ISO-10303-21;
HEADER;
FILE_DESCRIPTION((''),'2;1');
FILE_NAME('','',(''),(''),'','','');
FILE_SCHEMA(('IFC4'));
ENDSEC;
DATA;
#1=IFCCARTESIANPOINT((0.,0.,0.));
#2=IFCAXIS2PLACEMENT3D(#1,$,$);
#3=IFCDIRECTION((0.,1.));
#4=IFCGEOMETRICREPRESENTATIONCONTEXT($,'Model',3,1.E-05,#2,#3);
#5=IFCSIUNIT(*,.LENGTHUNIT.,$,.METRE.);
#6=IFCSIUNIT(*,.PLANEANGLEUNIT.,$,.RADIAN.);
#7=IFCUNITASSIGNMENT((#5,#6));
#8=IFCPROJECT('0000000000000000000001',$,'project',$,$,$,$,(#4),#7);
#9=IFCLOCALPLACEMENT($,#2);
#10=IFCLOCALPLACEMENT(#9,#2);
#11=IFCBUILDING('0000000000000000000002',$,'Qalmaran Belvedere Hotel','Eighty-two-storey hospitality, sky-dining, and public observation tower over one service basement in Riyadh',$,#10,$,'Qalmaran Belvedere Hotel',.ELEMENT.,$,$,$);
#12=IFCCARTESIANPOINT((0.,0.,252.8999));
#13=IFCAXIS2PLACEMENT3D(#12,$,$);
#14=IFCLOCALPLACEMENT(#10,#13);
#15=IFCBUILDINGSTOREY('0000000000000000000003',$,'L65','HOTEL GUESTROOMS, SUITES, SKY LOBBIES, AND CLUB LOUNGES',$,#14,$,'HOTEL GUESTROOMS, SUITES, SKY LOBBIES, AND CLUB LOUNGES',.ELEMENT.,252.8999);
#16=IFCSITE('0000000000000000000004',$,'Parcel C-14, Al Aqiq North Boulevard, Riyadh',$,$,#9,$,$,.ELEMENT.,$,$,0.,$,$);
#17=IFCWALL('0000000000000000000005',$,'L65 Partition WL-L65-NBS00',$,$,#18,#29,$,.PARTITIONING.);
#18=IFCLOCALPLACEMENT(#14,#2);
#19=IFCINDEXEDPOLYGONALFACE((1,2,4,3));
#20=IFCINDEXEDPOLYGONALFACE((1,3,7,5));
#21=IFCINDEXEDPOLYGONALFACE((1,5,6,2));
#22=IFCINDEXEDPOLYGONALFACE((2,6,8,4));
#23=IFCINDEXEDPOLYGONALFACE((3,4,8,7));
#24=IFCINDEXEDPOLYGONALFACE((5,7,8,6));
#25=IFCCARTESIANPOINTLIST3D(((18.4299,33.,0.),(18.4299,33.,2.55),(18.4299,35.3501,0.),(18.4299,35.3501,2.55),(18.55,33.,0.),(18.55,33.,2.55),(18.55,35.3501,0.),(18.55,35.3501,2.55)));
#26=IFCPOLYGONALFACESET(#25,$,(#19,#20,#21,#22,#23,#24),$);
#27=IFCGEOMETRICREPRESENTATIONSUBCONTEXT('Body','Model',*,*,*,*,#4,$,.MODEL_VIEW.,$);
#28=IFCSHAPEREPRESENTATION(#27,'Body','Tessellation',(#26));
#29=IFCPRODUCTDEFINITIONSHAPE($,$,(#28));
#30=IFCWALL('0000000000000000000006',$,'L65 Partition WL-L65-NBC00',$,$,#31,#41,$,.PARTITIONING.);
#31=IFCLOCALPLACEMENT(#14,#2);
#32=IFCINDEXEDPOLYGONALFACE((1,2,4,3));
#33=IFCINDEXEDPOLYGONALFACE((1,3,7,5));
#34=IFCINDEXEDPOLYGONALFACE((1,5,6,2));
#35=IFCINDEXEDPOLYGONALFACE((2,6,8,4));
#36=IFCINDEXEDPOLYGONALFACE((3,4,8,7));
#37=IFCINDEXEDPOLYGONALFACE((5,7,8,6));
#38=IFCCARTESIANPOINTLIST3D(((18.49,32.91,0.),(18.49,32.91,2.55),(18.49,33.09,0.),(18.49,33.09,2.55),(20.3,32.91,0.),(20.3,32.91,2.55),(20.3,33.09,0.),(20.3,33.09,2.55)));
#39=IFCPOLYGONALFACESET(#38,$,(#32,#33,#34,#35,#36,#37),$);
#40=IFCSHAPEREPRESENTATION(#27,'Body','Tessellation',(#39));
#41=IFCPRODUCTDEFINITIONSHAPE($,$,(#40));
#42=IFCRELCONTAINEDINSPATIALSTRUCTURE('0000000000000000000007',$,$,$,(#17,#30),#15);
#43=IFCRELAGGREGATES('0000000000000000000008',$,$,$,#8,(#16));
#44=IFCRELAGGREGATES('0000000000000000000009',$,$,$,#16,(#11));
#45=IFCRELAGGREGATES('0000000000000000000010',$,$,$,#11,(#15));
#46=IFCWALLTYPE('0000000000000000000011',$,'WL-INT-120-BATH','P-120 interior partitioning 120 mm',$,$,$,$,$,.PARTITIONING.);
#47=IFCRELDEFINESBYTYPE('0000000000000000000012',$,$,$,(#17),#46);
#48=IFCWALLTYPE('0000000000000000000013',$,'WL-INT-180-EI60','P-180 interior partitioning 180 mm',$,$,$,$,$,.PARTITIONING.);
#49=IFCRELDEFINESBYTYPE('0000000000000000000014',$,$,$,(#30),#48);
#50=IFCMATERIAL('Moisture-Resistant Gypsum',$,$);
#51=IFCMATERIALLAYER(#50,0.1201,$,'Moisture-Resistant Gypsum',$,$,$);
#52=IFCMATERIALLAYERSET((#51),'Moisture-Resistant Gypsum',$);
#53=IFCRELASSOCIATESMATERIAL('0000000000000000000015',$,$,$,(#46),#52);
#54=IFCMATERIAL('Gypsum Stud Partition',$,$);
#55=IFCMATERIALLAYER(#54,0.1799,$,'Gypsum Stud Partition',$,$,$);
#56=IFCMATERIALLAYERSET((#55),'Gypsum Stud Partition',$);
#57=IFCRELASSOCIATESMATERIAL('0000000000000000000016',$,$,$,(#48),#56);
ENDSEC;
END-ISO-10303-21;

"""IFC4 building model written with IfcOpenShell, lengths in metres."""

from ifc_helpers import new_model, si_unit, direction, frame, frame_2d, origin, place, context, subcontext, project, spatial, rectangle, extrude, material, layer, layer_set, type_object, element, save


model = new_model("IFC4")

# Units and contexts
model_context = context("Model", 3, precision=1e-05, world=origin(), true_north=direction((0.0, 1.0)))
body_context = subcontext(model_context, "Body", "Model", "MODEL_VIEW")
ifc_project = project(units=[si_unit("LENGTHUNIT", "METRE"), si_unit("PLANEANGLEUNIT", "RADIAN")], contexts=[model_context])

# Site, building, storey
site_placement = place(None, origin())
site = spatial("IfcSite", under=ifc_project, at=site_placement, Name="Parcel C-14, Al Aqiq North Boulevard, Riyadh", CompositionType="ELEMENT", RefElevation=0.0)
building_placement = place(site_placement, origin())
building = spatial("IfcBuilding", under=site, at=building_placement, Name="Qalmaran Belvedere Hotel", Description="Eighty-two-storey hospitality, sky-dining, and public observation tower over one service basement in Riyadh", LongName="Qalmaran Belvedere Hotel", CompositionType="ELEMENT")
storey_placement = place(building_placement, frame((0.0, 0.0, 252.8999)))
storey = spatial("IfcBuildingStorey", under=building, at=storey_placement, Name="L65", Description="HOTEL GUESTROOMS, SUITES, SKY LOBBIES, AND CLUB LOUNGES", LongName="HOTEL GUESTROOMS, SUITES, SKY LOBBIES, AND CLUB LOUNGES", CompositionType="ELEMENT", Elevation=252.8999)

# Walls
ifc_material_1 = material(Name="Moisture-Resistant Gypsum")
ifc_layer_1 = layer(ifc_material_1, 0.1201, Name="Moisture-Resistant Gypsum")
ifc_layer_set_1 = layer_set([ifc_layer_1], Name="Moisture-Resistant Gypsum")
wall_type_1 = type_object("IfcWallType", Name="WL-INT-120-BATH", Description="P-120 interior partitioning 120 mm", PredefinedType="PARTITIONING", material=ifc_layer_set_1)
wall_1_placement = place(storey_placement, frame((18.49, 33.0, 0.0), z_axis=(0.0, 0.0, 1.0), x_axis=(0.0, 1.0, 0.0)))
element("IfcWall", 1, at=wall_1_placement, inside=storey, type_object=wall_type_1, Name="L65 Partition WL-L65-NBS00", PredefinedType="PARTITIONING", context=body_context, shape_type="SweptSolid", body=[
    extrude(rectangle(XDim=2.3501, YDim=0.1201, at=frame_2d((1.175, 0.0))), origin(), (0.0, 0.0, 1.0), 2.55),
])
ifc_material_2 = material(Name="Gypsum Stud Partition")
ifc_layer_2 = layer(ifc_material_2, 0.1799, Name="Gypsum Stud Partition")
ifc_layer_set_2 = layer_set([ifc_layer_2], Name="Gypsum Stud Partition")
wall_type_2 = type_object("IfcWallType", Name="WL-INT-180-EI60", Description="P-180 interior partitioning 180 mm", PredefinedType="PARTITIONING", material=ifc_layer_set_2)
wall_2_placement = place(storey_placement, frame((18.49, 33.0, 0.0), z_axis=(0.0, 0.0, 1.0), x_axis=(1.0, 0.0, 0.0)))
element("IfcWall", 2, at=wall_2_placement, inside=storey, type_object=wall_type_2, Name="L65 Partition WL-L65-NBC00", PredefinedType="PARTITIONING", context=body_context, shape_type="SweptSolid", body=[
    extrude(rectangle(XDim=1.8101, YDim=0.1799, at=frame_2d((0.905, 0.0))), origin(), (0.0, 0.0, 1.0), 2.55),
])

save(model, "model.ifc")
